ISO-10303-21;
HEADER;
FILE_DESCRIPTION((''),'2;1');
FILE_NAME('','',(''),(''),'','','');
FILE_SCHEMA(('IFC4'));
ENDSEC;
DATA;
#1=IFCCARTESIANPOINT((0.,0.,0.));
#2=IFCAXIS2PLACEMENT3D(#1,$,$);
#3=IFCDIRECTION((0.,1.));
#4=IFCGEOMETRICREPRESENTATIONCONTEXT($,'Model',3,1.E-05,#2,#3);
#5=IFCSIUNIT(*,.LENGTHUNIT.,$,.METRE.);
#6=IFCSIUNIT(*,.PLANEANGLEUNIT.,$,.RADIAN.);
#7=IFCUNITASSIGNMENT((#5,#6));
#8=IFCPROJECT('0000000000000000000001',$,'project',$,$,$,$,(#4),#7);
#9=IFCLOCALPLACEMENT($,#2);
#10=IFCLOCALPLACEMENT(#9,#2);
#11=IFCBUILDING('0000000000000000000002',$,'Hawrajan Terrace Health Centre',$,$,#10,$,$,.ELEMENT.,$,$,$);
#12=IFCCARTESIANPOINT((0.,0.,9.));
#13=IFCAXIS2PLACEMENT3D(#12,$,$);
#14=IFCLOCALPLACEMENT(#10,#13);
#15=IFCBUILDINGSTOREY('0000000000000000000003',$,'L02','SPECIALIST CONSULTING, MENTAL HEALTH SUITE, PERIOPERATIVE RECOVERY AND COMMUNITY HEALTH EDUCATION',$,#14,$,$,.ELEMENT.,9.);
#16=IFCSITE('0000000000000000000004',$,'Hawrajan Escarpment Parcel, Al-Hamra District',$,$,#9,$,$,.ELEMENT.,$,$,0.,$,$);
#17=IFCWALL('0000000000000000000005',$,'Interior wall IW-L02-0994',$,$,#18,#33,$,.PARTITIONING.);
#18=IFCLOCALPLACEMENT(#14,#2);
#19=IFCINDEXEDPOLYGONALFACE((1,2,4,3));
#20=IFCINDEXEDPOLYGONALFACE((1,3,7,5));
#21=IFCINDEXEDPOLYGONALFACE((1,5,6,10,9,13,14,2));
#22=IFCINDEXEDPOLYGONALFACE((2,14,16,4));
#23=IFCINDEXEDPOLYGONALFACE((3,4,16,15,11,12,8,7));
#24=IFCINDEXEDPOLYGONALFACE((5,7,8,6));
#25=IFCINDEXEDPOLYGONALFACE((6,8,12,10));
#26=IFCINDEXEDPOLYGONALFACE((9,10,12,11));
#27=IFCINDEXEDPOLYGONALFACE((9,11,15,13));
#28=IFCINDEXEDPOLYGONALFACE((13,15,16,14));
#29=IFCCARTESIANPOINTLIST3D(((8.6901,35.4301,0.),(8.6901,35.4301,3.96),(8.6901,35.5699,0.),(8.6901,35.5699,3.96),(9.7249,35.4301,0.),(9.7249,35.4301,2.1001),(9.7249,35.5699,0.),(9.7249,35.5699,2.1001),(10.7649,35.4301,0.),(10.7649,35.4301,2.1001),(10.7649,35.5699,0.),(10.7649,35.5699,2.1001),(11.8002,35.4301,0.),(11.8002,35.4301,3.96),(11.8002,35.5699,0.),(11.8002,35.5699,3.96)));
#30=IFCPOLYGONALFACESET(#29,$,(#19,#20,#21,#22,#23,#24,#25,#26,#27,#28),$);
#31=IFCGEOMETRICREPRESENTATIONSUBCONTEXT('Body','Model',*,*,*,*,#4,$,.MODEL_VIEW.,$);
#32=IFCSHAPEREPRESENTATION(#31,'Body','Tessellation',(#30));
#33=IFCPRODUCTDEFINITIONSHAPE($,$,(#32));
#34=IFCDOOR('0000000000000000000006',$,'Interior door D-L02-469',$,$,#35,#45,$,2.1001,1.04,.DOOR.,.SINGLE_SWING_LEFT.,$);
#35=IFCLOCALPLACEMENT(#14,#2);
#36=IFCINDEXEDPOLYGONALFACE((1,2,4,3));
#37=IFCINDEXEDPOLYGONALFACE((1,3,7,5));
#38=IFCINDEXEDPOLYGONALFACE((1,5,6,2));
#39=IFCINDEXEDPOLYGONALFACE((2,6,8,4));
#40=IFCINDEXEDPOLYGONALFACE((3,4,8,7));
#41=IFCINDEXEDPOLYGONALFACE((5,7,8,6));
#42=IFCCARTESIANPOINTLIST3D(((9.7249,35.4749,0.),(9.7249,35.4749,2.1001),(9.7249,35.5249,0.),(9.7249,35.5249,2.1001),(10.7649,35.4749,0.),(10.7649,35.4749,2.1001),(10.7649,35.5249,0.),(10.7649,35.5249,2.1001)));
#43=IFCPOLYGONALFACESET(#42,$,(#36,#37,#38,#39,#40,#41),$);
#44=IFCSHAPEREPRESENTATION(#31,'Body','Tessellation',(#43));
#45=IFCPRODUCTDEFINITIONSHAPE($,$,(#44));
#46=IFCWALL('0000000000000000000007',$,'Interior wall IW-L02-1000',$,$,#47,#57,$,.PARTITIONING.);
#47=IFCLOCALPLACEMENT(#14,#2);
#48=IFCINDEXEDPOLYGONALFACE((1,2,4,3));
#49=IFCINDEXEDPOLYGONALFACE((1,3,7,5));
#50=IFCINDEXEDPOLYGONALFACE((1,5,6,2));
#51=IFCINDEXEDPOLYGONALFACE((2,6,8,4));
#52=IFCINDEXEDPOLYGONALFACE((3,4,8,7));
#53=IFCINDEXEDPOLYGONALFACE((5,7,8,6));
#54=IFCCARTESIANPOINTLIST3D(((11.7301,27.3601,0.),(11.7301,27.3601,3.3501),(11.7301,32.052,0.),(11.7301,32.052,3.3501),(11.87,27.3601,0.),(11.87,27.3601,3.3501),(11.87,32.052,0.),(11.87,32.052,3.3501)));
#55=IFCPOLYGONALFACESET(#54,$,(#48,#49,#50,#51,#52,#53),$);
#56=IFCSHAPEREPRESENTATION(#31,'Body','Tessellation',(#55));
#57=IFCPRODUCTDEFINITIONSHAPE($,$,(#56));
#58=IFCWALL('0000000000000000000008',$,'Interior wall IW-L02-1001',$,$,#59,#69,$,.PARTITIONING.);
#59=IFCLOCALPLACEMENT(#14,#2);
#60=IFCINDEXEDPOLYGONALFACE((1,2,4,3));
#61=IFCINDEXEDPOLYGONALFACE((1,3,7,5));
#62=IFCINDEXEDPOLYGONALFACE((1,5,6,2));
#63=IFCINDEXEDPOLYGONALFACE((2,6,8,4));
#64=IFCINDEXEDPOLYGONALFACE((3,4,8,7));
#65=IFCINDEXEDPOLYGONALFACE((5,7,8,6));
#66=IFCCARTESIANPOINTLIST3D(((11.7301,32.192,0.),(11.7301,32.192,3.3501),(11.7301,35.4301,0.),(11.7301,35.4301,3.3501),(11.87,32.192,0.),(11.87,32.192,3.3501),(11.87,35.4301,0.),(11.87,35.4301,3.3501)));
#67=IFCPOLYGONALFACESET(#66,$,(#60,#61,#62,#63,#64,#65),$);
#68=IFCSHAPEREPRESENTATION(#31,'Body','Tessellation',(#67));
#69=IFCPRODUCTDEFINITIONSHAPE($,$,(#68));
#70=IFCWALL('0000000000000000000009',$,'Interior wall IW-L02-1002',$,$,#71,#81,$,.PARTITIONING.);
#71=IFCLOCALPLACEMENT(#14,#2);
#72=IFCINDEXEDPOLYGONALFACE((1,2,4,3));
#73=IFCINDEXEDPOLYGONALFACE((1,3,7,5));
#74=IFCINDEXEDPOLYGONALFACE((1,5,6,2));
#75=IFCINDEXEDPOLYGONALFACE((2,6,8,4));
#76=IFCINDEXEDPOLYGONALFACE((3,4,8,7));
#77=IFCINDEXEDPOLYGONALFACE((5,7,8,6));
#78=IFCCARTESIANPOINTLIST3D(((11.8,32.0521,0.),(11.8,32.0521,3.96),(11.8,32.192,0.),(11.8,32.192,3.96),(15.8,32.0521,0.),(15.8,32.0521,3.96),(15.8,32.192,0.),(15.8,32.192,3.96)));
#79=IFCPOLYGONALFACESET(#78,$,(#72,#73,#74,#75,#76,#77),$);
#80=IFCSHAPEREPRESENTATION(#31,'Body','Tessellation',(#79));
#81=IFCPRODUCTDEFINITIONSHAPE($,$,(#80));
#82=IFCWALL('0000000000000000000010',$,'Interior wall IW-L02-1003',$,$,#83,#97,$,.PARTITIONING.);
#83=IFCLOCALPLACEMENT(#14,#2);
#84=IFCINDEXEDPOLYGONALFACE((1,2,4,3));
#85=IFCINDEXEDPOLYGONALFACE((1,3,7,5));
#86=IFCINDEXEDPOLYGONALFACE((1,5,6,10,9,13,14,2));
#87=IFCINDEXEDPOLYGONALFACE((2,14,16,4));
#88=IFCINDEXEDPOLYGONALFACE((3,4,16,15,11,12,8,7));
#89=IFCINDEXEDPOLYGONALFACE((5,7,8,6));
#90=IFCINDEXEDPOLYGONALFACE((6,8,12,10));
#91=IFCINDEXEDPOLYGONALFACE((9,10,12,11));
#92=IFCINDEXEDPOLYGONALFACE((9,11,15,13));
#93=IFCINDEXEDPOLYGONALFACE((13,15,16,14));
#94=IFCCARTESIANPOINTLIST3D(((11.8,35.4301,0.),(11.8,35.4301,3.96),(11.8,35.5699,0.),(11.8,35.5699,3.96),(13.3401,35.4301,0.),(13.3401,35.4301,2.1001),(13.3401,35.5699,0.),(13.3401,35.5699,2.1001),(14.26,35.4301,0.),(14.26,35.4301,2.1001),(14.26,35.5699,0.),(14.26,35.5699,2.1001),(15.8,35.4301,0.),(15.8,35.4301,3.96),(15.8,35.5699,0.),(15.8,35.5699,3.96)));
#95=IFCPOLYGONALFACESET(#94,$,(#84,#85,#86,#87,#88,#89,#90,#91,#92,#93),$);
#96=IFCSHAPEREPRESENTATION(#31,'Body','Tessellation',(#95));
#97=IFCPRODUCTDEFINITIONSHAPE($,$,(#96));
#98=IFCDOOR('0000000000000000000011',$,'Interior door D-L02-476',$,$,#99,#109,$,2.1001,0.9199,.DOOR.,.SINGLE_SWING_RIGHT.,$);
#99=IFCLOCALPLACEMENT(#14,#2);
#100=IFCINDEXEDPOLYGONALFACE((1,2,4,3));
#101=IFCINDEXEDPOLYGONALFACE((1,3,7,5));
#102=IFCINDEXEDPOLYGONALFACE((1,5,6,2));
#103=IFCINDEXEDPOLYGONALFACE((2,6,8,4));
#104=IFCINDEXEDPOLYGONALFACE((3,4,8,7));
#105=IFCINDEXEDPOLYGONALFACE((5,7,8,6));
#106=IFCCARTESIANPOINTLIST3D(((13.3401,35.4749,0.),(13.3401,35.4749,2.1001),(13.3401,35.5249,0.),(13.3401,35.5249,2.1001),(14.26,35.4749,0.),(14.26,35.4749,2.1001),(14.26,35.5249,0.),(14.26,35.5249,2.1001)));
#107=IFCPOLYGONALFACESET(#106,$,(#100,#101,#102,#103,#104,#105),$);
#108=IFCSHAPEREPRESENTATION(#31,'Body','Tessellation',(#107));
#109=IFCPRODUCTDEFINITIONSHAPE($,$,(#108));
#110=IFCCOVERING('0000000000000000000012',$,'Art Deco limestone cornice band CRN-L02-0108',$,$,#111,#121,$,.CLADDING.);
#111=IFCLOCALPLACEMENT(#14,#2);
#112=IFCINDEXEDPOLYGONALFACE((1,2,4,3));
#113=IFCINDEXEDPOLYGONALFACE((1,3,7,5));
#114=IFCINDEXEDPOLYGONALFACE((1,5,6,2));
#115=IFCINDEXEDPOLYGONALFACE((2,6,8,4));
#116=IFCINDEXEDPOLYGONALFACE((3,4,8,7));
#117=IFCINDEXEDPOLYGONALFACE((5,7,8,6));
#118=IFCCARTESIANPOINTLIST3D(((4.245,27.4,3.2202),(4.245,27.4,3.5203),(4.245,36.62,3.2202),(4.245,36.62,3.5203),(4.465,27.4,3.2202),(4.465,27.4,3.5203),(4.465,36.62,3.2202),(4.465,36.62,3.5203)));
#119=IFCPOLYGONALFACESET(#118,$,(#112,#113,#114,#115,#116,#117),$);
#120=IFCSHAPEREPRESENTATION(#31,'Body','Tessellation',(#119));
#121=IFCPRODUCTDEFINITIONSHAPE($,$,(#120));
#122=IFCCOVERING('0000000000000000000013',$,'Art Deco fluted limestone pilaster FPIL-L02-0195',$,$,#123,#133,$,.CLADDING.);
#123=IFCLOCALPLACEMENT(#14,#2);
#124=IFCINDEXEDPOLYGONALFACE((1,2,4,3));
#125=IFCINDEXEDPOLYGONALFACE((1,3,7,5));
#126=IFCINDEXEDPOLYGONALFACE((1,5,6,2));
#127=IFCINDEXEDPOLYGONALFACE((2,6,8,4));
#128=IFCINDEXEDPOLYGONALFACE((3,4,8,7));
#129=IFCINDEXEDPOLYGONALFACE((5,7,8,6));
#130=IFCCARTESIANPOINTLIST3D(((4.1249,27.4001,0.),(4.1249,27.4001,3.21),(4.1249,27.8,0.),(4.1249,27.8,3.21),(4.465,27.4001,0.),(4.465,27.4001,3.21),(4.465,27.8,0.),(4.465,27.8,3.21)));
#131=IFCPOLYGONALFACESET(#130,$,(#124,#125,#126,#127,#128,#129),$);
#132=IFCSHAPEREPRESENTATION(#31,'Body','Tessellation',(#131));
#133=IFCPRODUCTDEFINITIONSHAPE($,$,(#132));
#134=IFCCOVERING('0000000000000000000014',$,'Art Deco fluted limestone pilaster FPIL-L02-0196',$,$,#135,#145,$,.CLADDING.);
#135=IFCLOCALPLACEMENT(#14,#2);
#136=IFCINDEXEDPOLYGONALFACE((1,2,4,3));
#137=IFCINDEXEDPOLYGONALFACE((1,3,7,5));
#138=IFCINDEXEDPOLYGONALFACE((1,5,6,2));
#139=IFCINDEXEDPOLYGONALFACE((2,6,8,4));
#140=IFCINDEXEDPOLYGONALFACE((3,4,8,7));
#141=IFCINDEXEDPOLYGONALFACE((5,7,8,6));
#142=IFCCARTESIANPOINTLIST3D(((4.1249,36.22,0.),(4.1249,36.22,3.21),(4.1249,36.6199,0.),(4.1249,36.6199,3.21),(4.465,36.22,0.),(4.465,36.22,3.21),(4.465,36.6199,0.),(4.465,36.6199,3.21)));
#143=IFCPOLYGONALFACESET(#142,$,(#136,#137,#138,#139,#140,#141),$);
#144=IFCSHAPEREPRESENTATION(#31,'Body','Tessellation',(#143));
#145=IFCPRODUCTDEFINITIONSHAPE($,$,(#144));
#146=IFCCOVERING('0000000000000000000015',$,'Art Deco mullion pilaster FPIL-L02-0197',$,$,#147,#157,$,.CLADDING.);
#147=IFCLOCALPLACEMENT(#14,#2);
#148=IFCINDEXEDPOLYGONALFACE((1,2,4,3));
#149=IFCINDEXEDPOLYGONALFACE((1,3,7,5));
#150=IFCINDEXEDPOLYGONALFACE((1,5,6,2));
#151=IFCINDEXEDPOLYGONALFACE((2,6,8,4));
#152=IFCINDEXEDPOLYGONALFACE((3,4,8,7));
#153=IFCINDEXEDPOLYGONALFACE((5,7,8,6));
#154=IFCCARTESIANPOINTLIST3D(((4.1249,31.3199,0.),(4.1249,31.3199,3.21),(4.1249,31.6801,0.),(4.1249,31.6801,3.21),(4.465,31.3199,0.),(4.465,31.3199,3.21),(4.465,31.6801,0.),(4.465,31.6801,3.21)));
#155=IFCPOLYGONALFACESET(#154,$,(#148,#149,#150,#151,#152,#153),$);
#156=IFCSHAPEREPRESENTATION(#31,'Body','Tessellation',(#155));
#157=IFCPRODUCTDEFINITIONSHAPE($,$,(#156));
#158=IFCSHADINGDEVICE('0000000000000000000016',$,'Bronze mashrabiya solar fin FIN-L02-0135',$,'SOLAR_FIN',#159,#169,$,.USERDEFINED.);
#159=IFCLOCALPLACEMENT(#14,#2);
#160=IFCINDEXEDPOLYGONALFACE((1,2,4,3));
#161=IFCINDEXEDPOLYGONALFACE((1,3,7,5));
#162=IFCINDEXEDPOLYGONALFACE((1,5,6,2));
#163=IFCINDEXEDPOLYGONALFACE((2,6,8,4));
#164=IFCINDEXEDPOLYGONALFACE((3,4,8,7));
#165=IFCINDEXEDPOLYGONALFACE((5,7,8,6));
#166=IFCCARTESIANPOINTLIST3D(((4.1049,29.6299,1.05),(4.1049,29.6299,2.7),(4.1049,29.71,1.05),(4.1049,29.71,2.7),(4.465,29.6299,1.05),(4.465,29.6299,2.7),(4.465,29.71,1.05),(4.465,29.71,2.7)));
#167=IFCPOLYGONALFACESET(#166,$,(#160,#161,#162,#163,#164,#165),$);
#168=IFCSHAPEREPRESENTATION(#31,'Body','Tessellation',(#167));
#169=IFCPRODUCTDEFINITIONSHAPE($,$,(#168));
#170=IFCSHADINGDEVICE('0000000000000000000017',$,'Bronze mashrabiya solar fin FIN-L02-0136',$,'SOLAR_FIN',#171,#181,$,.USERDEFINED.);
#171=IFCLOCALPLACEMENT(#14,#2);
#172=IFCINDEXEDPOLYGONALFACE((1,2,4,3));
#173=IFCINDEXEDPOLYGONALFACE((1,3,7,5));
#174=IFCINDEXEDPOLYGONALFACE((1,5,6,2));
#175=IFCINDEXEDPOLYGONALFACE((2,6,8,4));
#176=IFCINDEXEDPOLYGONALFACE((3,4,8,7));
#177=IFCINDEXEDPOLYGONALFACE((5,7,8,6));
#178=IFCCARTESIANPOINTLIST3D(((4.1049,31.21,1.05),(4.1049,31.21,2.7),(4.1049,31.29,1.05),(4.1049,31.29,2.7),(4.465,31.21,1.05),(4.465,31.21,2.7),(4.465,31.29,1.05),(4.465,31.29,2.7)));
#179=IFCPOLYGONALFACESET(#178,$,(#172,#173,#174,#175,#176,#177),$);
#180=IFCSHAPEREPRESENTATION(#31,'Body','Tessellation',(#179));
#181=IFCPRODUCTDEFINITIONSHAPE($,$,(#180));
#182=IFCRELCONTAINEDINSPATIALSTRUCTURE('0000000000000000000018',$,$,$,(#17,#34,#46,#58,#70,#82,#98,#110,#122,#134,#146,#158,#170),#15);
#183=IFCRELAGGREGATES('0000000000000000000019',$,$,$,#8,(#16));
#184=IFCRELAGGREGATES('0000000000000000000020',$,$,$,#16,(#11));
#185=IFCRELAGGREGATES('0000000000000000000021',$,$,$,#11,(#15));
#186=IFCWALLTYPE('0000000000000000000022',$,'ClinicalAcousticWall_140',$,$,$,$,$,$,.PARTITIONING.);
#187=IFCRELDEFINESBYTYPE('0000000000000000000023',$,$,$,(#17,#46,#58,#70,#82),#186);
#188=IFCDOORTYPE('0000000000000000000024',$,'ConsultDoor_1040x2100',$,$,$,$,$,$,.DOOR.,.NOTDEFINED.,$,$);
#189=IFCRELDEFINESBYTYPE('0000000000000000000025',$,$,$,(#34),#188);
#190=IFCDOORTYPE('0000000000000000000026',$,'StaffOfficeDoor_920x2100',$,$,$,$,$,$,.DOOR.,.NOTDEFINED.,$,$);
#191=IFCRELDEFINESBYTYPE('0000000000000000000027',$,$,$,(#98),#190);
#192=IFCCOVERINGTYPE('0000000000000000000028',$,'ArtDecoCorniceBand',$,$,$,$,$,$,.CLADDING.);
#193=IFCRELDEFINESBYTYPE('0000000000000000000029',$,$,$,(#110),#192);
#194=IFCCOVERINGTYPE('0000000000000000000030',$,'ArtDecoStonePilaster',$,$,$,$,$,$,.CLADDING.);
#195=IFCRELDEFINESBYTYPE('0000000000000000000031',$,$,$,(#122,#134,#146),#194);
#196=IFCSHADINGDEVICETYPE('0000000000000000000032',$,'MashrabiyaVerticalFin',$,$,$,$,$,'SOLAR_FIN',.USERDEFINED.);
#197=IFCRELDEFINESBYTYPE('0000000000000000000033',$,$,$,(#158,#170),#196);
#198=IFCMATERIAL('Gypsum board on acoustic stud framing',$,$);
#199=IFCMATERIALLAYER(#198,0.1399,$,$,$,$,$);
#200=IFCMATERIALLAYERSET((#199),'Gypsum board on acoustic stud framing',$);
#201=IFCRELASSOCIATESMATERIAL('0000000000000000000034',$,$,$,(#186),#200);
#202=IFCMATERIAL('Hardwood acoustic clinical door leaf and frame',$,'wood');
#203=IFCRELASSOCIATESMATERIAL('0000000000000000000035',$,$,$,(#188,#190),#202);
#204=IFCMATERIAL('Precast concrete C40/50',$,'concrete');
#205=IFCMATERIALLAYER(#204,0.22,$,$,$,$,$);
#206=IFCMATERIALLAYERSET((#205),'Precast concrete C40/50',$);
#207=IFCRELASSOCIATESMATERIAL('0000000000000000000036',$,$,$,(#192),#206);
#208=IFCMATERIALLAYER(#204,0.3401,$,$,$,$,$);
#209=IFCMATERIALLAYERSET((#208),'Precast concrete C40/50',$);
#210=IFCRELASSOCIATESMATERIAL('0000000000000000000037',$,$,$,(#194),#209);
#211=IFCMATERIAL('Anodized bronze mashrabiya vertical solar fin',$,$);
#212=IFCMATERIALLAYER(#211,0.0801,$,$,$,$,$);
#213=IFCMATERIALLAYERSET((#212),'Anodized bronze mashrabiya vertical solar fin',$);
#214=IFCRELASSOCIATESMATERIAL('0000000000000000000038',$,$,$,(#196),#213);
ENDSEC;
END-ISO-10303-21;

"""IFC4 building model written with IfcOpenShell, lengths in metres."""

from ifc_helpers import new_model, si_unit, direction, frame, frame_2d, origin, origin_2d, place, context, subcontext, project, spatial, rectangle, extrude, material, layer, layer_set, type_object, element, fill, save


model = new_model("IFC4")

# Units and contexts
model_context = context("Model", 3, precision=1e-05, world=origin(), true_north=direction((0.0, 1.0)))
body_context = subcontext(model_context, "Body", "Model", "MODEL_VIEW")
ifc_project = project(units=[si_unit("LENGTHUNIT", "METRE"), si_unit("PLANEANGLEUNIT", "RADIAN")], contexts=[model_context])

# Site, building, storey
site_placement = place(None, origin())
site = spatial("IfcSite", under=ifc_project, at=site_placement, Name="Hawrajan Escarpment Parcel, Al-Hamra District", CompositionType="ELEMENT", RefElevation=0.0)
building_placement = place(site_placement, origin())
building = spatial("IfcBuilding", under=site, at=building_placement, Name="Hawrajan Terrace Health Centre", CompositionType="ELEMENT")
storey_placement = place(building_placement, frame((0.0, 0.0, 9.0)))
storey = spatial("IfcBuildingStorey", under=building, at=storey_placement, Name="L02", Description="SPECIALIST CONSULTING, MENTAL HEALTH SUITE, PERIOPERATIVE RECOVERY AND COMMUNITY HEALTH EDUCATION", CompositionType="ELEMENT", Elevation=9.0)

# Shared definitions
ifc_material_1 = material(Name="Precast concrete C40/50", Category="concrete")

# Wall, opening, door
ifc_material_2 = material(Name="Gypsum board on acoustic stud framing")
ifc_layer_1 = layer(ifc_material_2, 0.1399)
ifc_layer_set_1 = layer_set([ifc_layer_1], Name="Gypsum board on acoustic stud framing")
wall_type_1 = type_object("IfcWallType", Name="ClinicalAcousticWall_140", PredefinedType="PARTITIONING", material=ifc_layer_set_1)
ifc_material_3 = material(Name="Hardwood acoustic clinical door leaf and frame", Category="wood")
wall_1_placement = place(storey_placement, frame((8.6899, 35.5, 0.0), z_axis=(0.0, 0.0, 1.0), x_axis=(1.0, 0.0, 0.0)))
wall_1 = element("IfcWall", 1, at=wall_1_placement, inside=storey, type_object=wall_type_1, Name="Interior wall IW-L02-0994", PredefinedType="PARTITIONING", context=body_context, shape_type="SweptSolid", body=[
    extrude(rectangle(XDim=3.1101, YDim=0.1399, at=frame_2d((1.5552, 0.0))), origin(), (0.0, 0.0, 1.0), 3.96),
])
opening_1_placement = place(wall_1_placement, frame((1.0349, 0.0, 0.0)))
opening_1 = element("IfcOpeningElement", 2, at=opening_1_placement, cuts=wall_1, PredefinedType="OPENING", context=body_context, shape_type="SweptSolid", body=[
    extrude(rectangle(XDim=1.04, YDim=2.1001, at=frame_2d((0.52, 1.05))), frame((0.0, 0.0798, 0.0), z_axis=(0.0, -1.0, 0.0), x_axis=(1.0, 0.0, 0.0)), (0.0, 0.0, 1.0), 0.1599),
])
door_type_1 = type_object("IfcDoorType", Name="ConsultDoor_1040x2100", OperationType="NOTDEFINED", PredefinedType="DOOR", material=ifc_material_3)
door_1_placement = place(opening_1_placement, origin())
door_1 = element("IfcDoor", 3, at=door_1_placement, inside=storey, type_object=door_type_1, Name="Interior door D-L02-469", OperationType="SINGLE_SWING_LEFT", OverallHeight=2.1001, OverallWidth=1.04, PredefinedType="DOOR", context=body_context, shape_type="SweptSolid", body=[
    extrude(rectangle(XDim=1.04, YDim=2.1001, at=frame_2d((0.52, 1.05))), frame((0.0, 0.0249, 0.0), z_axis=(0.0, -1.0, 0.0), x_axis=(1.0, 0.0, 0.0)), (0.0, 0.0, 1.0), 0.05),
])
fill(opening_1, door_1)

# Walls
wall_2_placement = place(storey_placement, frame((11.8, 27.3601, 0.0), z_axis=(0.0, 0.0, 1.0), x_axis=(0.0, 1.0, 0.0)))
element("IfcWall", 4, at=wall_2_placement, inside=storey, type_object=wall_type_1, Name="Interior wall IW-L02-1000", PredefinedType="PARTITIONING", context=body_context, shape_type="SweptSolid", body=[
    extrude(rectangle(XDim=4.6919, YDim=0.1399, at=frame_2d((2.3459, 0.0))), origin(), (0.0, 0.0, 1.0), 3.3501),
])
wall_3_placement = place(storey_placement, frame((11.8, 32.1919, 0.0), z_axis=(0.0, 0.0, 1.0), x_axis=(0.0, 1.0, 0.0)))
element("IfcWall", 5, at=wall_3_placement, inside=storey, type_object=wall_type_1, Name="Interior wall IW-L02-1001", PredefinedType="PARTITIONING", context=body_context, shape_type="SweptSolid", body=[
    extrude(rectangle(XDim=3.238, YDim=0.1399, at=frame_2d((1.6191, 0.0))), origin(), (0.0, 0.0, 1.0), 3.3501),
])
wall_4_placement = place(storey_placement, frame((11.8, 32.1221, 0.0), z_axis=(0.0, 0.0, 1.0), x_axis=(1.0, 0.0, 0.0)))
element("IfcWall", 6, at=wall_4_placement, inside=storey, type_object=wall_type_1, Name="Interior wall IW-L02-1002", PredefinedType="PARTITIONING", context=body_context, shape_type="SweptSolid", body=[
    extrude(rectangle(XDim=4.0, YDim=0.1399, at=frame_2d((2.0, 0.0))), origin(), (0.0, 0.0, 1.0), 3.96),
])

# Wall, opening, door
wall_5_placement = place(storey_placement, frame((11.8, 35.5, 0.0), z_axis=(0.0, 0.0, 1.0), x_axis=(1.0, 0.0, 0.0)))
wall_5 = element("IfcWall", 7, at=wall_5_placement, inside=storey, type_object=wall_type_1, Name="Interior wall IW-L02-1003", PredefinedType="PARTITIONING", context=body_context, shape_type="SweptSolid", body=[
    extrude(rectangle(XDim=4.0, YDim=0.1399, at=frame_2d((2.0, 0.0))), origin(), (0.0, 0.0, 1.0), 3.96),
])
opening_2_placement = place(wall_5_placement, frame((1.54, 0.0, 0.0)))
opening_2 = element("IfcOpeningElement", 8, at=opening_2_placement, cuts=wall_5, PredefinedType="OPENING", context=body_context, shape_type="SweptSolid", body=[
    extrude(rectangle(XDim=0.9199, YDim=2.1001, at=frame_2d((0.46, 1.05))), frame((0.0, 0.0798, 0.0), z_axis=(0.0, -1.0, 0.0), x_axis=(1.0, 0.0, 0.0)), (0.0, 0.0, 1.0), 0.1599),
])
door_type_2 = type_object("IfcDoorType", Name="StaffOfficeDoor_920x2100", OperationType="NOTDEFINED", PredefinedType="DOOR", material=ifc_material_3)
door_2_placement = place(opening_2_placement, origin())
door_2 = element("IfcDoor", 9, at=door_2_placement, inside=storey, type_object=door_type_2, Name="Interior door D-L02-476", OperationType="SINGLE_SWING_RIGHT", OverallHeight=2.1001, OverallWidth=0.9199, PredefinedType="DOOR", context=body_context, shape_type="SweptSolid", body=[
    extrude(rectangle(XDim=0.9199, YDim=2.1001, at=frame_2d((0.46, 1.05))), frame((0.0, 0.0249, 0.0), z_axis=(0.0, -1.0, 0.0), x_axis=(1.0, 0.0, 0.0)), (0.0, 0.0, 1.0), 0.05),
])
fill(opening_2, door_2)

# Coverings
ifc_layer_2 = layer(ifc_material_1, 0.22)
ifc_layer_set_2 = layer_set([ifc_layer_2], Name="Precast concrete C40/50")
covering_type_1 = type_object("IfcCoveringType", Name="ArtDecoCorniceBand", PredefinedType="CLADDING", material=ifc_layer_set_2)
covering_1_placement = place(storey_placement, frame((4.355, 32.01, 3.2202), z_axis=(0.0, 0.0, 1.0), x_axis=(0.0, 1.0, 0.0)))
element("IfcCovering", 10, at=covering_1_placement, inside=storey, type_object=covering_type_1, Name="Art Deco limestone cornice band CRN-L02-0108", PredefinedType="CLADDING", context=body_context, shape_type="SweptSolid", body=[
    extrude(rectangle(XDim=9.22, YDim=0.22, at=origin_2d()), origin(), (0.0, 0.0, 1.0), 0.3),
])
ifc_layer_3 = layer(ifc_material_1, 0.3401)
ifc_layer_set_3 = layer_set([ifc_layer_3], Name="Precast concrete C40/50")
covering_type_2 = type_object("IfcCoveringType", Name="ArtDecoStonePilaster", PredefinedType="CLADDING", material=ifc_layer_set_3)
for number, where, z_axis, x_axis, name in (
    (11, (4.2949, 27.6001, 0.0), (0.0, 0.0, 1.0), (0.0, 1.0, 0.0), "Art Deco fluted limestone pilaster FPIL-L02-0195"),
    (12, (4.2949, 36.4199, 0.0), (0.0, 0.0, 1.0), (0.0, 1.0, 0.0), "Art Deco fluted limestone pilaster FPIL-L02-0196"),
):
    element("IfcCovering", number, at=place(storey_placement, frame(where, z_axis=z_axis, x_axis=x_axis)), inside=storey, type_object=covering_type_2, Name=name, PredefinedType="CLADDING", context=body_context, shape_type="SweptSolid", body=[
        extrude(rectangle(XDim=0.3999, YDim=0.3401, at=origin_2d()), origin(), (0.0, 0.0, 1.0), 3.21),
    ])
covering_2_placement = place(storey_placement, frame((4.2949, 31.5, 0.0), z_axis=(0.0, 0.0, 1.0), x_axis=(0.0, 1.0, 0.0)))
element("IfcCovering", 13, at=covering_2_placement, inside=storey, type_object=covering_type_2, Name="Art Deco mullion pilaster FPIL-L02-0197", PredefinedType="CLADDING", context=body_context, shape_type="SweptSolid", body=[
    extrude(rectangle(XDim=0.3601, YDim=0.3401, at=origin_2d()), origin(), (0.0, 0.0, 1.0), 3.21),
])

# Shading devices
ifc_material_4 = material(Name="Anodized bronze mashrabiya vertical solar fin")
ifc_layer_4 = layer(ifc_material_4, 0.0801)
ifc_layer_set_4 = layer_set([ifc_layer_4], Name="Anodized bronze mashrabiya vertical solar fin")
shading_device_type = type_object("IfcShadingDeviceType", Name="MashrabiyaVerticalFin", ElementType="SOLAR_FIN", PredefinedType="USERDEFINED", material=ifc_layer_set_4)
for number, where, z_axis, x_axis, name in (
    (14, (4.2849, 29.6699, 1.05), (0.0, 0.0, 1.0), (0.0, 1.0, 0.0), "Bronze mashrabiya solar fin FIN-L02-0135"),
    (15, (4.2849, 31.25, 1.05), (0.0, 0.0, 1.0), (0.0, 1.0, 0.0), "Bronze mashrabiya solar fin FIN-L02-0136"),
):
    element("IfcShadingDevice", number, at=place(storey_placement, frame(where, z_axis=z_axis, x_axis=x_axis)), inside=storey, type_object=shading_device_type, Name=name, ObjectType="SOLAR_FIN", PredefinedType="USERDEFINED", context=body_context, shape_type="SweptSolid", body=[
        extrude(rectangle(XDim=0.0801, YDim=0.3601, at=origin_2d()), origin(), (0.0, 0.0, 1.0), 1.6499),
    ])

save(model, "model.ifc")
